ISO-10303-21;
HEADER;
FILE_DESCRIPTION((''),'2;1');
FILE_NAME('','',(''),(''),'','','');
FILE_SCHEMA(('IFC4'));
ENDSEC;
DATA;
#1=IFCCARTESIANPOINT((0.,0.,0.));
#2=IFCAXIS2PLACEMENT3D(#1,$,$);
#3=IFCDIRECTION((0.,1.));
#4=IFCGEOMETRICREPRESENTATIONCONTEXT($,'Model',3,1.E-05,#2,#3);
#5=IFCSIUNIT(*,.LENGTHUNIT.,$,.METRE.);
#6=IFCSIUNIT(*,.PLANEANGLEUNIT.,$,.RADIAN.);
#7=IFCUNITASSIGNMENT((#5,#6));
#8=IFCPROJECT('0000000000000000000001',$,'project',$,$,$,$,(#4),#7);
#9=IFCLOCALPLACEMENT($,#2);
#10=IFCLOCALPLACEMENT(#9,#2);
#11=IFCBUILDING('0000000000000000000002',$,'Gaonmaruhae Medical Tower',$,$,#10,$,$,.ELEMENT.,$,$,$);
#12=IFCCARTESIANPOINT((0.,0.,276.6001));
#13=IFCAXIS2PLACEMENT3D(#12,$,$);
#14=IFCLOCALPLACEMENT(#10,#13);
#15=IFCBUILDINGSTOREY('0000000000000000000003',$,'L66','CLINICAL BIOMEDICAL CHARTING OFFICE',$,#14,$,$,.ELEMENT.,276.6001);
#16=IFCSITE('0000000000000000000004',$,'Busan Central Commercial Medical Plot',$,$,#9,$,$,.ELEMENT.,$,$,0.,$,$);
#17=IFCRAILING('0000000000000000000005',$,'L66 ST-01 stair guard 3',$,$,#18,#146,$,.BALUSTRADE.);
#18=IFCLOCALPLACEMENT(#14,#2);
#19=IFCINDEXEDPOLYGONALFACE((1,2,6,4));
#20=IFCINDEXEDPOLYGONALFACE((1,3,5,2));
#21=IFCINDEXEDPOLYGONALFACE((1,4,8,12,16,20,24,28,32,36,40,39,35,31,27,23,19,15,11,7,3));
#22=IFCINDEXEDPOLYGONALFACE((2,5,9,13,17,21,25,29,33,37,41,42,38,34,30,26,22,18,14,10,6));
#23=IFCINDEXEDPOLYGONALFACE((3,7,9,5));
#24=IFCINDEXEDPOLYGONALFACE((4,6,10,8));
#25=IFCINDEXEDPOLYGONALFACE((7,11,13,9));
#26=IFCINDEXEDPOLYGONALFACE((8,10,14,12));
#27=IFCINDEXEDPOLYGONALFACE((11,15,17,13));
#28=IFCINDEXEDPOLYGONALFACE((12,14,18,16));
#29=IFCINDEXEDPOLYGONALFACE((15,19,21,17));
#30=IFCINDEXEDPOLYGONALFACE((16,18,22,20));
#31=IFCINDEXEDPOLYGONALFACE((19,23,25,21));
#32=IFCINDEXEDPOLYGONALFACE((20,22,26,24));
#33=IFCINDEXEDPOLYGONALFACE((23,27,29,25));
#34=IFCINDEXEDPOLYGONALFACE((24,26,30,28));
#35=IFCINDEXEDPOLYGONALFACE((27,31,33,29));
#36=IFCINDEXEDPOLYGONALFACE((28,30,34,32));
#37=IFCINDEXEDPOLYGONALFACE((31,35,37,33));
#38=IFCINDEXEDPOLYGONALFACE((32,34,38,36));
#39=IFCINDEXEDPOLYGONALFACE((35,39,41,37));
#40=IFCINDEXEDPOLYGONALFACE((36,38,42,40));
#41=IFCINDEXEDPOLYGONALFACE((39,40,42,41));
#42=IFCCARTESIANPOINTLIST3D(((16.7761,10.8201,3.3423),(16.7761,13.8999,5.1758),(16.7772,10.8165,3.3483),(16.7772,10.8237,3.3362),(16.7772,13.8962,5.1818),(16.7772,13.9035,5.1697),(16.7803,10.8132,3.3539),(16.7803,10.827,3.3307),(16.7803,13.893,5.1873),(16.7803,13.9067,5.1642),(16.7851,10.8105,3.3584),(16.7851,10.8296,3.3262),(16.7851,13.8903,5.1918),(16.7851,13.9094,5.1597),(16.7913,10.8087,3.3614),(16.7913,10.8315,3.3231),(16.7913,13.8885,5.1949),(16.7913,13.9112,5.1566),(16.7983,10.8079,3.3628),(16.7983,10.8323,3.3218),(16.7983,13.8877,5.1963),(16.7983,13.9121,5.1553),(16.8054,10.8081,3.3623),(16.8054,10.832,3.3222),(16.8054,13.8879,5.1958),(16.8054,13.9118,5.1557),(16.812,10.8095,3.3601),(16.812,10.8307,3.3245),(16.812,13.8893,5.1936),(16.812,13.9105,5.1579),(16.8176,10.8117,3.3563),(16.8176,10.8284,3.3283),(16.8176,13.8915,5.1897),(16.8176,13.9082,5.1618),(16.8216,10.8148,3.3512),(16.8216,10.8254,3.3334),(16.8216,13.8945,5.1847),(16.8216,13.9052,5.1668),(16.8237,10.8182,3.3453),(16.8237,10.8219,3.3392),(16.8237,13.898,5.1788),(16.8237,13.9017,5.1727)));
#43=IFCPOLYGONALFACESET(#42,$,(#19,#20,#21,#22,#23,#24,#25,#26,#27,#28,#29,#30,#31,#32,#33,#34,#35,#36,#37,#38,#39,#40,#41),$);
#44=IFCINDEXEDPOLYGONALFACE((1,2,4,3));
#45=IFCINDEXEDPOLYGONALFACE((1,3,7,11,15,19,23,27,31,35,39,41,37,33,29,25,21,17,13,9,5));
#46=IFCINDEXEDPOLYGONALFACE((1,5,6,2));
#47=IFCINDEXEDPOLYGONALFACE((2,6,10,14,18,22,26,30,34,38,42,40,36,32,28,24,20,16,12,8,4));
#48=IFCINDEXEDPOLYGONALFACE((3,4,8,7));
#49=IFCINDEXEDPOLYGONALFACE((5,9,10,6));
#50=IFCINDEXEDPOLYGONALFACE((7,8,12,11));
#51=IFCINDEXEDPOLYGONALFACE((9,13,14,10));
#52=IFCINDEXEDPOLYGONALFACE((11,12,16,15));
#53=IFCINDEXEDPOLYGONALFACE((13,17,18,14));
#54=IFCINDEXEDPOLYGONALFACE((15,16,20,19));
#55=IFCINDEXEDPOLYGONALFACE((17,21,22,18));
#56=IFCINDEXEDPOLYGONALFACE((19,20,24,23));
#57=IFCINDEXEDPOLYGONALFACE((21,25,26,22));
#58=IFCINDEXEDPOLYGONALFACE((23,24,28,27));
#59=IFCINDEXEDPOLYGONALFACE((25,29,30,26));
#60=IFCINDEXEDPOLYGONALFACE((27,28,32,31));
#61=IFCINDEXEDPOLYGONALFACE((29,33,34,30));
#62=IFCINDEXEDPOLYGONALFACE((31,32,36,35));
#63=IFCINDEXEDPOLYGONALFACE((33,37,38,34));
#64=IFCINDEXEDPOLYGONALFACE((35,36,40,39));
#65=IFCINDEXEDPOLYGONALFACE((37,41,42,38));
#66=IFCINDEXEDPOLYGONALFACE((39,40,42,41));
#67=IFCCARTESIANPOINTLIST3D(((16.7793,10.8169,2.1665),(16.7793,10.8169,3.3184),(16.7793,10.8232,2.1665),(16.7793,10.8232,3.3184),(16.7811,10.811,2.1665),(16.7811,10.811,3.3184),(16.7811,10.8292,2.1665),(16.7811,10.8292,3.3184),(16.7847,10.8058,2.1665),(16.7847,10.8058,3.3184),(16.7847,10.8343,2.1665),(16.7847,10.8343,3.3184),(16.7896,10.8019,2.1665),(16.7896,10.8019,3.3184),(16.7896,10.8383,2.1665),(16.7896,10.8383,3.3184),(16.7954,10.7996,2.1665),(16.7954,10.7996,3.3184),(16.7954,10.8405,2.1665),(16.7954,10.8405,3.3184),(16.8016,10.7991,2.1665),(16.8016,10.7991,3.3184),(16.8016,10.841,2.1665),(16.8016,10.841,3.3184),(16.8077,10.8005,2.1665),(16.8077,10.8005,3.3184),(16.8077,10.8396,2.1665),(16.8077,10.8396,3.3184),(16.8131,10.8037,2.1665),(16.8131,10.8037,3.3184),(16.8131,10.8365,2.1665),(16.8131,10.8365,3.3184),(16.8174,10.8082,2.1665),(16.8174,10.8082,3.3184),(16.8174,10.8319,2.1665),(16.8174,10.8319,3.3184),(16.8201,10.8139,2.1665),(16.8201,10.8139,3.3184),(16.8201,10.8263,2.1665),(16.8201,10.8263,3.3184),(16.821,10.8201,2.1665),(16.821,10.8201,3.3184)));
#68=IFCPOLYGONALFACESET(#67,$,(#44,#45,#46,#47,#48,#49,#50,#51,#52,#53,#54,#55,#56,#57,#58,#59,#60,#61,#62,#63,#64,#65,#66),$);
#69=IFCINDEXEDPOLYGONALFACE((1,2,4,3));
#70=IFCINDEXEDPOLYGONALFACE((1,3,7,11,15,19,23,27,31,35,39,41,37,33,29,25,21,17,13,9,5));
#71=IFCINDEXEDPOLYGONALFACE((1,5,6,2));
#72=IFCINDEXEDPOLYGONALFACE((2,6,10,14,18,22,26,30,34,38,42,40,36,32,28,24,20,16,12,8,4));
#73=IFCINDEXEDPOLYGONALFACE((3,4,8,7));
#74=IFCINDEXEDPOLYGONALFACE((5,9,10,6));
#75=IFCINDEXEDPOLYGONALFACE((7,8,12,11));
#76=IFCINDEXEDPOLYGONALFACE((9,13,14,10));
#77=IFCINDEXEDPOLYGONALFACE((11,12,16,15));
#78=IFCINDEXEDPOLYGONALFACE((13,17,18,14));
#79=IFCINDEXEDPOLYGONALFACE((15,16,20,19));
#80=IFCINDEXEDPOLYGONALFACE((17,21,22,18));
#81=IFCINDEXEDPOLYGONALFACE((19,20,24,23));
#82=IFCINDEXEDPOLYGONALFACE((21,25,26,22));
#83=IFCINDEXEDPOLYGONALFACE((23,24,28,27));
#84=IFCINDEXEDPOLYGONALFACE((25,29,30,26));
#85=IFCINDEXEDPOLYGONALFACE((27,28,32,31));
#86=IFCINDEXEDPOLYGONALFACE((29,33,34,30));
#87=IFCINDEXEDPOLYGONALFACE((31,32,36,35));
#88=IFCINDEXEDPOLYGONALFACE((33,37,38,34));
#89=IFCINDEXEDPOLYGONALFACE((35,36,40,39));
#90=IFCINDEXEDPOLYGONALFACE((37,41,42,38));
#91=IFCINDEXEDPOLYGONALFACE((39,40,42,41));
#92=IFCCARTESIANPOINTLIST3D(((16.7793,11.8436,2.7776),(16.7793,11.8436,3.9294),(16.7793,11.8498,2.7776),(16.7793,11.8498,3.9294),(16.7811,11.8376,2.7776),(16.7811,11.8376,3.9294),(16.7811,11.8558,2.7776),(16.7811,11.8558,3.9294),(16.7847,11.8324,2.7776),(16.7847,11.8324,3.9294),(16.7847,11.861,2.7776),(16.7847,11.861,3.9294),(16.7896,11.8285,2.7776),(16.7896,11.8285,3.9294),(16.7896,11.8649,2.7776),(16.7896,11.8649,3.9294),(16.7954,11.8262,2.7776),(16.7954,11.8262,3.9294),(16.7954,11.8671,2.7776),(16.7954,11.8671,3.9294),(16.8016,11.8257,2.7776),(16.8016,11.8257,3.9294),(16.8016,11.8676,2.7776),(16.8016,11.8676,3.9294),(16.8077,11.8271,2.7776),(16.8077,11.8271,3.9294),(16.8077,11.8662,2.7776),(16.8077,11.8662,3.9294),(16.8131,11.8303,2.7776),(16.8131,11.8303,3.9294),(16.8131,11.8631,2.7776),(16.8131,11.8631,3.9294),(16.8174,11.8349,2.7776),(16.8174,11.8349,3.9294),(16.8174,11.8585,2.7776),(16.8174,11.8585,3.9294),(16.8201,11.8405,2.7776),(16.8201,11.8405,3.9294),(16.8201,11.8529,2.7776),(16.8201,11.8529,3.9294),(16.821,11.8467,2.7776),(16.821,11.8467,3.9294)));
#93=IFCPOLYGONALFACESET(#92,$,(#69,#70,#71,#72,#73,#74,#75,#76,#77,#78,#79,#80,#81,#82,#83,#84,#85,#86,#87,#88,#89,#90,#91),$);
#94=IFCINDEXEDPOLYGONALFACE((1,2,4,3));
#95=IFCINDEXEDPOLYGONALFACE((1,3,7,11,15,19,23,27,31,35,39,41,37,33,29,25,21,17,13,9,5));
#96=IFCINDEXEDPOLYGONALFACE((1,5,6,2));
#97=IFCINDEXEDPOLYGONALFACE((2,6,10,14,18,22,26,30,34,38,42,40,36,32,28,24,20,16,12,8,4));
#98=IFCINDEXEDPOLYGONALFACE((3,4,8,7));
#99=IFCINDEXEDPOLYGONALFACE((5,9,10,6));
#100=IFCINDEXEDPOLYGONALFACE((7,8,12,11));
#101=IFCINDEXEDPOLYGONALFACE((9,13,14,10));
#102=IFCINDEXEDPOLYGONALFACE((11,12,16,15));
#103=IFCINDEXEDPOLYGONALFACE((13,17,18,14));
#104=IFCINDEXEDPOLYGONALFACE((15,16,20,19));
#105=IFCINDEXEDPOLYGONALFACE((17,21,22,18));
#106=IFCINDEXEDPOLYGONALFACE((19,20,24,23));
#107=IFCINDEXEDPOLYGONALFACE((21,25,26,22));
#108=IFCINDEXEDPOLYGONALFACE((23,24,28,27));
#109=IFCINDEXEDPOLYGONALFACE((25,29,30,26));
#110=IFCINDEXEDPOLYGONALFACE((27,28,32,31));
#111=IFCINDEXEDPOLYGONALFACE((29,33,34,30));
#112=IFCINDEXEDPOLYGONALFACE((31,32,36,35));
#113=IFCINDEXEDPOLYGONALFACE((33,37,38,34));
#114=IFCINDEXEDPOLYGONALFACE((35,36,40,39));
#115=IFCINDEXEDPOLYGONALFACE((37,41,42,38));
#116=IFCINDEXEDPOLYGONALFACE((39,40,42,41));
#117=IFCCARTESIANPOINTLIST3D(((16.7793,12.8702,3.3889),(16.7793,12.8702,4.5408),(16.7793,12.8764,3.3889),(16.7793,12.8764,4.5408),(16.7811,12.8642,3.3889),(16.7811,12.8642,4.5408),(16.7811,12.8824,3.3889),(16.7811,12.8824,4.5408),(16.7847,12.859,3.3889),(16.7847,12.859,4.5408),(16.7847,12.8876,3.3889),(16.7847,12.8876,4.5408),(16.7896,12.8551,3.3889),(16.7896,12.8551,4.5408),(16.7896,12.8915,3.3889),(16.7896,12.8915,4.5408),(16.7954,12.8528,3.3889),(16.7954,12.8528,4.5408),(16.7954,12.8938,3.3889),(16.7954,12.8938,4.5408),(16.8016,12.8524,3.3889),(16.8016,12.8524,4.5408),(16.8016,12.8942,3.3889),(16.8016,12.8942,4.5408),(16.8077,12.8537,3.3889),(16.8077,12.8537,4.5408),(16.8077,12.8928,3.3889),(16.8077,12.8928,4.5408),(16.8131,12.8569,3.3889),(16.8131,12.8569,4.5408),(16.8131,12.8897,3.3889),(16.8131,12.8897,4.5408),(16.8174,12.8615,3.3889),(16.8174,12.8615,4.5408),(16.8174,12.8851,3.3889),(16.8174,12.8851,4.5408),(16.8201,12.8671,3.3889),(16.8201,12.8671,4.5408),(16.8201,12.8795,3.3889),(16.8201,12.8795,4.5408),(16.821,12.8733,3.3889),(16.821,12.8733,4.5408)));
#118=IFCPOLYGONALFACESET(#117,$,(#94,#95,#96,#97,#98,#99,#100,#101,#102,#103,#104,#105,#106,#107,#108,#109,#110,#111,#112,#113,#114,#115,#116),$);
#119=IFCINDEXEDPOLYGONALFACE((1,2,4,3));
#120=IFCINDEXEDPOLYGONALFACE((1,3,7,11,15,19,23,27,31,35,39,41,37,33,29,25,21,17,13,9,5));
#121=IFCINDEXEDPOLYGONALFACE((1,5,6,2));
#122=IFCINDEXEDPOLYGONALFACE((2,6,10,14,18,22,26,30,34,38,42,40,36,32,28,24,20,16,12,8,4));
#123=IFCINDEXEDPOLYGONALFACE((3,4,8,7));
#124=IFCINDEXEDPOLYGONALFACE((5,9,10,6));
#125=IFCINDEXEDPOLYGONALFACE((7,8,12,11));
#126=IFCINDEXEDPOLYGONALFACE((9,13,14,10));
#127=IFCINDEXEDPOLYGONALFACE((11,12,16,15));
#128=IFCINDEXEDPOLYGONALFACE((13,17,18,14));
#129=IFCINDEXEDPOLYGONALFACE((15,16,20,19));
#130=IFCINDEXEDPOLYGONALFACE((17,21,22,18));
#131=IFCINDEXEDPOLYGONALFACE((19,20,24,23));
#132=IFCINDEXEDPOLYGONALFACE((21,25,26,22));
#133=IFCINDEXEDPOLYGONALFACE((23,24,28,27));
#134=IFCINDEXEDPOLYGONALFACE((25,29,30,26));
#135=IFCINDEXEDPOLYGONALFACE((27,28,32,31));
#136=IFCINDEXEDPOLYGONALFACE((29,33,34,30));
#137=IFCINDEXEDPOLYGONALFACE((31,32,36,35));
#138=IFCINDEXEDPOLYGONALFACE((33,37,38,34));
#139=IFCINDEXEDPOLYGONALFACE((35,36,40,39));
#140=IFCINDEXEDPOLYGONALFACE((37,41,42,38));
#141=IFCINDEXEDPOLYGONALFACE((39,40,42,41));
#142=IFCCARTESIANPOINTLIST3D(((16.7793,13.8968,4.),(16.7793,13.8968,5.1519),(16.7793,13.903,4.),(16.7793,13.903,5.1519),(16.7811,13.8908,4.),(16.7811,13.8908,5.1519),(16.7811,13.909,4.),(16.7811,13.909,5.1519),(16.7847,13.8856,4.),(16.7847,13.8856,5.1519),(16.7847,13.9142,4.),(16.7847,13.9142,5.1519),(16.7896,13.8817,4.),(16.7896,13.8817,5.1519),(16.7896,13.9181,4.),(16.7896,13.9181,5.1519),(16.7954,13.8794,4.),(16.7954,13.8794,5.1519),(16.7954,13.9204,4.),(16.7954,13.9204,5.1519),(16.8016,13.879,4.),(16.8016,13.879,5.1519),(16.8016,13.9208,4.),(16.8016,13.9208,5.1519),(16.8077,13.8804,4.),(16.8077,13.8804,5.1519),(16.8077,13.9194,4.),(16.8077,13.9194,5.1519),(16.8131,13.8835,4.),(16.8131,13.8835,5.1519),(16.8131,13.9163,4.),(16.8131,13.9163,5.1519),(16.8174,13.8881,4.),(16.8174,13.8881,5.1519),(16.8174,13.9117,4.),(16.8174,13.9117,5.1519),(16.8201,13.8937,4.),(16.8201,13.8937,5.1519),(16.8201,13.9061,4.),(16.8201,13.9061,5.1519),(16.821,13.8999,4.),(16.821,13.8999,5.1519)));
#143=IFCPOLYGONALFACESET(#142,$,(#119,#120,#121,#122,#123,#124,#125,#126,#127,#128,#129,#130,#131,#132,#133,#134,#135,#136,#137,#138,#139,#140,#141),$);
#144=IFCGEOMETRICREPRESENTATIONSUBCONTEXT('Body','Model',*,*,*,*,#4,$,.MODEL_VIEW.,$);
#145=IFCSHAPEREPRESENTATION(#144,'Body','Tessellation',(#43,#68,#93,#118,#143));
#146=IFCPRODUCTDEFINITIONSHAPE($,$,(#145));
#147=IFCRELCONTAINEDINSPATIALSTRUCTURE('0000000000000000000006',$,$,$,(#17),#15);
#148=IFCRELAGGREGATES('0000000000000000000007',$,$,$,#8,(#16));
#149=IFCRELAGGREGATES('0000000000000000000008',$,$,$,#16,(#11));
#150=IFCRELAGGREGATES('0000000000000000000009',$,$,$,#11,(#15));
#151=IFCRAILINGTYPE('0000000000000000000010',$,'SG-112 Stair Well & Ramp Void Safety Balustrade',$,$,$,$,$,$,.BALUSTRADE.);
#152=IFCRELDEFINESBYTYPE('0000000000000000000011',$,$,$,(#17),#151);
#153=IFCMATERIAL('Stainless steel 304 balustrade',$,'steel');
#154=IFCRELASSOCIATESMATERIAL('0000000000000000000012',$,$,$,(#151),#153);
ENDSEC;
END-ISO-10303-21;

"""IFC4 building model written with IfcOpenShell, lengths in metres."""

from ifc_helpers import new_model, si_unit, direction, frame, origin, origin_2d, place, context, subcontext, project, spatial, circle, extrude, material, type_object, element, save


model = new_model("IFC4")

# Units and contexts
model_context = context("Model", 3, precision=1e-05, world=origin(), true_north=direction((0.0, 1.0)))
body_context = subcontext(model_context, "Body", "Model", "MODEL_VIEW")
ifc_project = project(units=[si_unit("LENGTHUNIT", "METRE"), si_unit("PLANEANGLEUNIT", "RADIAN")], contexts=[model_context])

# Site, building, storey
site_placement = place(None, origin())
site = spatial("IfcSite", under=ifc_project, at=site_placement, Name="Busan Central Commercial Medical Plot", CompositionType="ELEMENT", RefElevation=0.0)
building_placement = place(site_placement, origin())
building = spatial("IfcBuilding", under=site, at=building_placement, Name="Gaonmaruhae Medical Tower", CompositionType="ELEMENT")
storey_placement = place(building_placement, frame((0.0, 0.0, 276.6001)))
storey = spatial("IfcBuildingStorey", under=building, at=storey_placement, Name="L66", Description="CLINICAL BIOMEDICAL CHARTING OFFICE", CompositionType="ELEMENT", Elevation=276.6001)

# Railing
ifc_material_1 = material(Name="Stainless steel 304 balustrade", Category="steel")
railing_type_1 = type_object("IfcRailingType", Name="SG-112 Stair Well & Ramp Void Safety Balustrade", PredefinedType="BALUSTRADE", material=ifc_material_1)
railing_1_placement = place(storey_placement, frame((16.8, 10.8201, 2.1665)))
element("IfcRailing", 1, at=railing_1_placement, inside=storey, type_object=railing_type_1, Name="L66 ST-01 stair guard 3", PredefinedType="BALUSTRADE", context=body_context, shape_type="SweptSolid", body=[
    extrude(circle(Radius=0.0239, at=origin_2d()), frame((0.0, 0.0, 1.1758), z_axis=(0.0, 0.859261, 0.511538), x_axis=(-1.0, 0.0, 0.0)), (0.0, 0.0, 1.0), 3.5842),
    extrude(circle(Radius=0.021, at=origin_2d()), origin(), (0.0, 0.0, 1.0), 1.1519),
    extrude(circle(Radius=0.021, at=origin_2d()), frame((0.0, 1.0266, 0.6111)), (0.0, 0.0, 1.0), 1.1519),
    extrude(circle(Radius=0.021, at=origin_2d()), frame((0.0, 2.0532, 1.2224)), (0.0, 0.0, 1.0), 1.1519),
    extrude(circle(Radius=0.021, at=origin_2d()), frame((0.0, 3.0798, 1.8335)), (0.0, 0.0, 1.0), 1.1519),
])

save(model, "model.ifc")
